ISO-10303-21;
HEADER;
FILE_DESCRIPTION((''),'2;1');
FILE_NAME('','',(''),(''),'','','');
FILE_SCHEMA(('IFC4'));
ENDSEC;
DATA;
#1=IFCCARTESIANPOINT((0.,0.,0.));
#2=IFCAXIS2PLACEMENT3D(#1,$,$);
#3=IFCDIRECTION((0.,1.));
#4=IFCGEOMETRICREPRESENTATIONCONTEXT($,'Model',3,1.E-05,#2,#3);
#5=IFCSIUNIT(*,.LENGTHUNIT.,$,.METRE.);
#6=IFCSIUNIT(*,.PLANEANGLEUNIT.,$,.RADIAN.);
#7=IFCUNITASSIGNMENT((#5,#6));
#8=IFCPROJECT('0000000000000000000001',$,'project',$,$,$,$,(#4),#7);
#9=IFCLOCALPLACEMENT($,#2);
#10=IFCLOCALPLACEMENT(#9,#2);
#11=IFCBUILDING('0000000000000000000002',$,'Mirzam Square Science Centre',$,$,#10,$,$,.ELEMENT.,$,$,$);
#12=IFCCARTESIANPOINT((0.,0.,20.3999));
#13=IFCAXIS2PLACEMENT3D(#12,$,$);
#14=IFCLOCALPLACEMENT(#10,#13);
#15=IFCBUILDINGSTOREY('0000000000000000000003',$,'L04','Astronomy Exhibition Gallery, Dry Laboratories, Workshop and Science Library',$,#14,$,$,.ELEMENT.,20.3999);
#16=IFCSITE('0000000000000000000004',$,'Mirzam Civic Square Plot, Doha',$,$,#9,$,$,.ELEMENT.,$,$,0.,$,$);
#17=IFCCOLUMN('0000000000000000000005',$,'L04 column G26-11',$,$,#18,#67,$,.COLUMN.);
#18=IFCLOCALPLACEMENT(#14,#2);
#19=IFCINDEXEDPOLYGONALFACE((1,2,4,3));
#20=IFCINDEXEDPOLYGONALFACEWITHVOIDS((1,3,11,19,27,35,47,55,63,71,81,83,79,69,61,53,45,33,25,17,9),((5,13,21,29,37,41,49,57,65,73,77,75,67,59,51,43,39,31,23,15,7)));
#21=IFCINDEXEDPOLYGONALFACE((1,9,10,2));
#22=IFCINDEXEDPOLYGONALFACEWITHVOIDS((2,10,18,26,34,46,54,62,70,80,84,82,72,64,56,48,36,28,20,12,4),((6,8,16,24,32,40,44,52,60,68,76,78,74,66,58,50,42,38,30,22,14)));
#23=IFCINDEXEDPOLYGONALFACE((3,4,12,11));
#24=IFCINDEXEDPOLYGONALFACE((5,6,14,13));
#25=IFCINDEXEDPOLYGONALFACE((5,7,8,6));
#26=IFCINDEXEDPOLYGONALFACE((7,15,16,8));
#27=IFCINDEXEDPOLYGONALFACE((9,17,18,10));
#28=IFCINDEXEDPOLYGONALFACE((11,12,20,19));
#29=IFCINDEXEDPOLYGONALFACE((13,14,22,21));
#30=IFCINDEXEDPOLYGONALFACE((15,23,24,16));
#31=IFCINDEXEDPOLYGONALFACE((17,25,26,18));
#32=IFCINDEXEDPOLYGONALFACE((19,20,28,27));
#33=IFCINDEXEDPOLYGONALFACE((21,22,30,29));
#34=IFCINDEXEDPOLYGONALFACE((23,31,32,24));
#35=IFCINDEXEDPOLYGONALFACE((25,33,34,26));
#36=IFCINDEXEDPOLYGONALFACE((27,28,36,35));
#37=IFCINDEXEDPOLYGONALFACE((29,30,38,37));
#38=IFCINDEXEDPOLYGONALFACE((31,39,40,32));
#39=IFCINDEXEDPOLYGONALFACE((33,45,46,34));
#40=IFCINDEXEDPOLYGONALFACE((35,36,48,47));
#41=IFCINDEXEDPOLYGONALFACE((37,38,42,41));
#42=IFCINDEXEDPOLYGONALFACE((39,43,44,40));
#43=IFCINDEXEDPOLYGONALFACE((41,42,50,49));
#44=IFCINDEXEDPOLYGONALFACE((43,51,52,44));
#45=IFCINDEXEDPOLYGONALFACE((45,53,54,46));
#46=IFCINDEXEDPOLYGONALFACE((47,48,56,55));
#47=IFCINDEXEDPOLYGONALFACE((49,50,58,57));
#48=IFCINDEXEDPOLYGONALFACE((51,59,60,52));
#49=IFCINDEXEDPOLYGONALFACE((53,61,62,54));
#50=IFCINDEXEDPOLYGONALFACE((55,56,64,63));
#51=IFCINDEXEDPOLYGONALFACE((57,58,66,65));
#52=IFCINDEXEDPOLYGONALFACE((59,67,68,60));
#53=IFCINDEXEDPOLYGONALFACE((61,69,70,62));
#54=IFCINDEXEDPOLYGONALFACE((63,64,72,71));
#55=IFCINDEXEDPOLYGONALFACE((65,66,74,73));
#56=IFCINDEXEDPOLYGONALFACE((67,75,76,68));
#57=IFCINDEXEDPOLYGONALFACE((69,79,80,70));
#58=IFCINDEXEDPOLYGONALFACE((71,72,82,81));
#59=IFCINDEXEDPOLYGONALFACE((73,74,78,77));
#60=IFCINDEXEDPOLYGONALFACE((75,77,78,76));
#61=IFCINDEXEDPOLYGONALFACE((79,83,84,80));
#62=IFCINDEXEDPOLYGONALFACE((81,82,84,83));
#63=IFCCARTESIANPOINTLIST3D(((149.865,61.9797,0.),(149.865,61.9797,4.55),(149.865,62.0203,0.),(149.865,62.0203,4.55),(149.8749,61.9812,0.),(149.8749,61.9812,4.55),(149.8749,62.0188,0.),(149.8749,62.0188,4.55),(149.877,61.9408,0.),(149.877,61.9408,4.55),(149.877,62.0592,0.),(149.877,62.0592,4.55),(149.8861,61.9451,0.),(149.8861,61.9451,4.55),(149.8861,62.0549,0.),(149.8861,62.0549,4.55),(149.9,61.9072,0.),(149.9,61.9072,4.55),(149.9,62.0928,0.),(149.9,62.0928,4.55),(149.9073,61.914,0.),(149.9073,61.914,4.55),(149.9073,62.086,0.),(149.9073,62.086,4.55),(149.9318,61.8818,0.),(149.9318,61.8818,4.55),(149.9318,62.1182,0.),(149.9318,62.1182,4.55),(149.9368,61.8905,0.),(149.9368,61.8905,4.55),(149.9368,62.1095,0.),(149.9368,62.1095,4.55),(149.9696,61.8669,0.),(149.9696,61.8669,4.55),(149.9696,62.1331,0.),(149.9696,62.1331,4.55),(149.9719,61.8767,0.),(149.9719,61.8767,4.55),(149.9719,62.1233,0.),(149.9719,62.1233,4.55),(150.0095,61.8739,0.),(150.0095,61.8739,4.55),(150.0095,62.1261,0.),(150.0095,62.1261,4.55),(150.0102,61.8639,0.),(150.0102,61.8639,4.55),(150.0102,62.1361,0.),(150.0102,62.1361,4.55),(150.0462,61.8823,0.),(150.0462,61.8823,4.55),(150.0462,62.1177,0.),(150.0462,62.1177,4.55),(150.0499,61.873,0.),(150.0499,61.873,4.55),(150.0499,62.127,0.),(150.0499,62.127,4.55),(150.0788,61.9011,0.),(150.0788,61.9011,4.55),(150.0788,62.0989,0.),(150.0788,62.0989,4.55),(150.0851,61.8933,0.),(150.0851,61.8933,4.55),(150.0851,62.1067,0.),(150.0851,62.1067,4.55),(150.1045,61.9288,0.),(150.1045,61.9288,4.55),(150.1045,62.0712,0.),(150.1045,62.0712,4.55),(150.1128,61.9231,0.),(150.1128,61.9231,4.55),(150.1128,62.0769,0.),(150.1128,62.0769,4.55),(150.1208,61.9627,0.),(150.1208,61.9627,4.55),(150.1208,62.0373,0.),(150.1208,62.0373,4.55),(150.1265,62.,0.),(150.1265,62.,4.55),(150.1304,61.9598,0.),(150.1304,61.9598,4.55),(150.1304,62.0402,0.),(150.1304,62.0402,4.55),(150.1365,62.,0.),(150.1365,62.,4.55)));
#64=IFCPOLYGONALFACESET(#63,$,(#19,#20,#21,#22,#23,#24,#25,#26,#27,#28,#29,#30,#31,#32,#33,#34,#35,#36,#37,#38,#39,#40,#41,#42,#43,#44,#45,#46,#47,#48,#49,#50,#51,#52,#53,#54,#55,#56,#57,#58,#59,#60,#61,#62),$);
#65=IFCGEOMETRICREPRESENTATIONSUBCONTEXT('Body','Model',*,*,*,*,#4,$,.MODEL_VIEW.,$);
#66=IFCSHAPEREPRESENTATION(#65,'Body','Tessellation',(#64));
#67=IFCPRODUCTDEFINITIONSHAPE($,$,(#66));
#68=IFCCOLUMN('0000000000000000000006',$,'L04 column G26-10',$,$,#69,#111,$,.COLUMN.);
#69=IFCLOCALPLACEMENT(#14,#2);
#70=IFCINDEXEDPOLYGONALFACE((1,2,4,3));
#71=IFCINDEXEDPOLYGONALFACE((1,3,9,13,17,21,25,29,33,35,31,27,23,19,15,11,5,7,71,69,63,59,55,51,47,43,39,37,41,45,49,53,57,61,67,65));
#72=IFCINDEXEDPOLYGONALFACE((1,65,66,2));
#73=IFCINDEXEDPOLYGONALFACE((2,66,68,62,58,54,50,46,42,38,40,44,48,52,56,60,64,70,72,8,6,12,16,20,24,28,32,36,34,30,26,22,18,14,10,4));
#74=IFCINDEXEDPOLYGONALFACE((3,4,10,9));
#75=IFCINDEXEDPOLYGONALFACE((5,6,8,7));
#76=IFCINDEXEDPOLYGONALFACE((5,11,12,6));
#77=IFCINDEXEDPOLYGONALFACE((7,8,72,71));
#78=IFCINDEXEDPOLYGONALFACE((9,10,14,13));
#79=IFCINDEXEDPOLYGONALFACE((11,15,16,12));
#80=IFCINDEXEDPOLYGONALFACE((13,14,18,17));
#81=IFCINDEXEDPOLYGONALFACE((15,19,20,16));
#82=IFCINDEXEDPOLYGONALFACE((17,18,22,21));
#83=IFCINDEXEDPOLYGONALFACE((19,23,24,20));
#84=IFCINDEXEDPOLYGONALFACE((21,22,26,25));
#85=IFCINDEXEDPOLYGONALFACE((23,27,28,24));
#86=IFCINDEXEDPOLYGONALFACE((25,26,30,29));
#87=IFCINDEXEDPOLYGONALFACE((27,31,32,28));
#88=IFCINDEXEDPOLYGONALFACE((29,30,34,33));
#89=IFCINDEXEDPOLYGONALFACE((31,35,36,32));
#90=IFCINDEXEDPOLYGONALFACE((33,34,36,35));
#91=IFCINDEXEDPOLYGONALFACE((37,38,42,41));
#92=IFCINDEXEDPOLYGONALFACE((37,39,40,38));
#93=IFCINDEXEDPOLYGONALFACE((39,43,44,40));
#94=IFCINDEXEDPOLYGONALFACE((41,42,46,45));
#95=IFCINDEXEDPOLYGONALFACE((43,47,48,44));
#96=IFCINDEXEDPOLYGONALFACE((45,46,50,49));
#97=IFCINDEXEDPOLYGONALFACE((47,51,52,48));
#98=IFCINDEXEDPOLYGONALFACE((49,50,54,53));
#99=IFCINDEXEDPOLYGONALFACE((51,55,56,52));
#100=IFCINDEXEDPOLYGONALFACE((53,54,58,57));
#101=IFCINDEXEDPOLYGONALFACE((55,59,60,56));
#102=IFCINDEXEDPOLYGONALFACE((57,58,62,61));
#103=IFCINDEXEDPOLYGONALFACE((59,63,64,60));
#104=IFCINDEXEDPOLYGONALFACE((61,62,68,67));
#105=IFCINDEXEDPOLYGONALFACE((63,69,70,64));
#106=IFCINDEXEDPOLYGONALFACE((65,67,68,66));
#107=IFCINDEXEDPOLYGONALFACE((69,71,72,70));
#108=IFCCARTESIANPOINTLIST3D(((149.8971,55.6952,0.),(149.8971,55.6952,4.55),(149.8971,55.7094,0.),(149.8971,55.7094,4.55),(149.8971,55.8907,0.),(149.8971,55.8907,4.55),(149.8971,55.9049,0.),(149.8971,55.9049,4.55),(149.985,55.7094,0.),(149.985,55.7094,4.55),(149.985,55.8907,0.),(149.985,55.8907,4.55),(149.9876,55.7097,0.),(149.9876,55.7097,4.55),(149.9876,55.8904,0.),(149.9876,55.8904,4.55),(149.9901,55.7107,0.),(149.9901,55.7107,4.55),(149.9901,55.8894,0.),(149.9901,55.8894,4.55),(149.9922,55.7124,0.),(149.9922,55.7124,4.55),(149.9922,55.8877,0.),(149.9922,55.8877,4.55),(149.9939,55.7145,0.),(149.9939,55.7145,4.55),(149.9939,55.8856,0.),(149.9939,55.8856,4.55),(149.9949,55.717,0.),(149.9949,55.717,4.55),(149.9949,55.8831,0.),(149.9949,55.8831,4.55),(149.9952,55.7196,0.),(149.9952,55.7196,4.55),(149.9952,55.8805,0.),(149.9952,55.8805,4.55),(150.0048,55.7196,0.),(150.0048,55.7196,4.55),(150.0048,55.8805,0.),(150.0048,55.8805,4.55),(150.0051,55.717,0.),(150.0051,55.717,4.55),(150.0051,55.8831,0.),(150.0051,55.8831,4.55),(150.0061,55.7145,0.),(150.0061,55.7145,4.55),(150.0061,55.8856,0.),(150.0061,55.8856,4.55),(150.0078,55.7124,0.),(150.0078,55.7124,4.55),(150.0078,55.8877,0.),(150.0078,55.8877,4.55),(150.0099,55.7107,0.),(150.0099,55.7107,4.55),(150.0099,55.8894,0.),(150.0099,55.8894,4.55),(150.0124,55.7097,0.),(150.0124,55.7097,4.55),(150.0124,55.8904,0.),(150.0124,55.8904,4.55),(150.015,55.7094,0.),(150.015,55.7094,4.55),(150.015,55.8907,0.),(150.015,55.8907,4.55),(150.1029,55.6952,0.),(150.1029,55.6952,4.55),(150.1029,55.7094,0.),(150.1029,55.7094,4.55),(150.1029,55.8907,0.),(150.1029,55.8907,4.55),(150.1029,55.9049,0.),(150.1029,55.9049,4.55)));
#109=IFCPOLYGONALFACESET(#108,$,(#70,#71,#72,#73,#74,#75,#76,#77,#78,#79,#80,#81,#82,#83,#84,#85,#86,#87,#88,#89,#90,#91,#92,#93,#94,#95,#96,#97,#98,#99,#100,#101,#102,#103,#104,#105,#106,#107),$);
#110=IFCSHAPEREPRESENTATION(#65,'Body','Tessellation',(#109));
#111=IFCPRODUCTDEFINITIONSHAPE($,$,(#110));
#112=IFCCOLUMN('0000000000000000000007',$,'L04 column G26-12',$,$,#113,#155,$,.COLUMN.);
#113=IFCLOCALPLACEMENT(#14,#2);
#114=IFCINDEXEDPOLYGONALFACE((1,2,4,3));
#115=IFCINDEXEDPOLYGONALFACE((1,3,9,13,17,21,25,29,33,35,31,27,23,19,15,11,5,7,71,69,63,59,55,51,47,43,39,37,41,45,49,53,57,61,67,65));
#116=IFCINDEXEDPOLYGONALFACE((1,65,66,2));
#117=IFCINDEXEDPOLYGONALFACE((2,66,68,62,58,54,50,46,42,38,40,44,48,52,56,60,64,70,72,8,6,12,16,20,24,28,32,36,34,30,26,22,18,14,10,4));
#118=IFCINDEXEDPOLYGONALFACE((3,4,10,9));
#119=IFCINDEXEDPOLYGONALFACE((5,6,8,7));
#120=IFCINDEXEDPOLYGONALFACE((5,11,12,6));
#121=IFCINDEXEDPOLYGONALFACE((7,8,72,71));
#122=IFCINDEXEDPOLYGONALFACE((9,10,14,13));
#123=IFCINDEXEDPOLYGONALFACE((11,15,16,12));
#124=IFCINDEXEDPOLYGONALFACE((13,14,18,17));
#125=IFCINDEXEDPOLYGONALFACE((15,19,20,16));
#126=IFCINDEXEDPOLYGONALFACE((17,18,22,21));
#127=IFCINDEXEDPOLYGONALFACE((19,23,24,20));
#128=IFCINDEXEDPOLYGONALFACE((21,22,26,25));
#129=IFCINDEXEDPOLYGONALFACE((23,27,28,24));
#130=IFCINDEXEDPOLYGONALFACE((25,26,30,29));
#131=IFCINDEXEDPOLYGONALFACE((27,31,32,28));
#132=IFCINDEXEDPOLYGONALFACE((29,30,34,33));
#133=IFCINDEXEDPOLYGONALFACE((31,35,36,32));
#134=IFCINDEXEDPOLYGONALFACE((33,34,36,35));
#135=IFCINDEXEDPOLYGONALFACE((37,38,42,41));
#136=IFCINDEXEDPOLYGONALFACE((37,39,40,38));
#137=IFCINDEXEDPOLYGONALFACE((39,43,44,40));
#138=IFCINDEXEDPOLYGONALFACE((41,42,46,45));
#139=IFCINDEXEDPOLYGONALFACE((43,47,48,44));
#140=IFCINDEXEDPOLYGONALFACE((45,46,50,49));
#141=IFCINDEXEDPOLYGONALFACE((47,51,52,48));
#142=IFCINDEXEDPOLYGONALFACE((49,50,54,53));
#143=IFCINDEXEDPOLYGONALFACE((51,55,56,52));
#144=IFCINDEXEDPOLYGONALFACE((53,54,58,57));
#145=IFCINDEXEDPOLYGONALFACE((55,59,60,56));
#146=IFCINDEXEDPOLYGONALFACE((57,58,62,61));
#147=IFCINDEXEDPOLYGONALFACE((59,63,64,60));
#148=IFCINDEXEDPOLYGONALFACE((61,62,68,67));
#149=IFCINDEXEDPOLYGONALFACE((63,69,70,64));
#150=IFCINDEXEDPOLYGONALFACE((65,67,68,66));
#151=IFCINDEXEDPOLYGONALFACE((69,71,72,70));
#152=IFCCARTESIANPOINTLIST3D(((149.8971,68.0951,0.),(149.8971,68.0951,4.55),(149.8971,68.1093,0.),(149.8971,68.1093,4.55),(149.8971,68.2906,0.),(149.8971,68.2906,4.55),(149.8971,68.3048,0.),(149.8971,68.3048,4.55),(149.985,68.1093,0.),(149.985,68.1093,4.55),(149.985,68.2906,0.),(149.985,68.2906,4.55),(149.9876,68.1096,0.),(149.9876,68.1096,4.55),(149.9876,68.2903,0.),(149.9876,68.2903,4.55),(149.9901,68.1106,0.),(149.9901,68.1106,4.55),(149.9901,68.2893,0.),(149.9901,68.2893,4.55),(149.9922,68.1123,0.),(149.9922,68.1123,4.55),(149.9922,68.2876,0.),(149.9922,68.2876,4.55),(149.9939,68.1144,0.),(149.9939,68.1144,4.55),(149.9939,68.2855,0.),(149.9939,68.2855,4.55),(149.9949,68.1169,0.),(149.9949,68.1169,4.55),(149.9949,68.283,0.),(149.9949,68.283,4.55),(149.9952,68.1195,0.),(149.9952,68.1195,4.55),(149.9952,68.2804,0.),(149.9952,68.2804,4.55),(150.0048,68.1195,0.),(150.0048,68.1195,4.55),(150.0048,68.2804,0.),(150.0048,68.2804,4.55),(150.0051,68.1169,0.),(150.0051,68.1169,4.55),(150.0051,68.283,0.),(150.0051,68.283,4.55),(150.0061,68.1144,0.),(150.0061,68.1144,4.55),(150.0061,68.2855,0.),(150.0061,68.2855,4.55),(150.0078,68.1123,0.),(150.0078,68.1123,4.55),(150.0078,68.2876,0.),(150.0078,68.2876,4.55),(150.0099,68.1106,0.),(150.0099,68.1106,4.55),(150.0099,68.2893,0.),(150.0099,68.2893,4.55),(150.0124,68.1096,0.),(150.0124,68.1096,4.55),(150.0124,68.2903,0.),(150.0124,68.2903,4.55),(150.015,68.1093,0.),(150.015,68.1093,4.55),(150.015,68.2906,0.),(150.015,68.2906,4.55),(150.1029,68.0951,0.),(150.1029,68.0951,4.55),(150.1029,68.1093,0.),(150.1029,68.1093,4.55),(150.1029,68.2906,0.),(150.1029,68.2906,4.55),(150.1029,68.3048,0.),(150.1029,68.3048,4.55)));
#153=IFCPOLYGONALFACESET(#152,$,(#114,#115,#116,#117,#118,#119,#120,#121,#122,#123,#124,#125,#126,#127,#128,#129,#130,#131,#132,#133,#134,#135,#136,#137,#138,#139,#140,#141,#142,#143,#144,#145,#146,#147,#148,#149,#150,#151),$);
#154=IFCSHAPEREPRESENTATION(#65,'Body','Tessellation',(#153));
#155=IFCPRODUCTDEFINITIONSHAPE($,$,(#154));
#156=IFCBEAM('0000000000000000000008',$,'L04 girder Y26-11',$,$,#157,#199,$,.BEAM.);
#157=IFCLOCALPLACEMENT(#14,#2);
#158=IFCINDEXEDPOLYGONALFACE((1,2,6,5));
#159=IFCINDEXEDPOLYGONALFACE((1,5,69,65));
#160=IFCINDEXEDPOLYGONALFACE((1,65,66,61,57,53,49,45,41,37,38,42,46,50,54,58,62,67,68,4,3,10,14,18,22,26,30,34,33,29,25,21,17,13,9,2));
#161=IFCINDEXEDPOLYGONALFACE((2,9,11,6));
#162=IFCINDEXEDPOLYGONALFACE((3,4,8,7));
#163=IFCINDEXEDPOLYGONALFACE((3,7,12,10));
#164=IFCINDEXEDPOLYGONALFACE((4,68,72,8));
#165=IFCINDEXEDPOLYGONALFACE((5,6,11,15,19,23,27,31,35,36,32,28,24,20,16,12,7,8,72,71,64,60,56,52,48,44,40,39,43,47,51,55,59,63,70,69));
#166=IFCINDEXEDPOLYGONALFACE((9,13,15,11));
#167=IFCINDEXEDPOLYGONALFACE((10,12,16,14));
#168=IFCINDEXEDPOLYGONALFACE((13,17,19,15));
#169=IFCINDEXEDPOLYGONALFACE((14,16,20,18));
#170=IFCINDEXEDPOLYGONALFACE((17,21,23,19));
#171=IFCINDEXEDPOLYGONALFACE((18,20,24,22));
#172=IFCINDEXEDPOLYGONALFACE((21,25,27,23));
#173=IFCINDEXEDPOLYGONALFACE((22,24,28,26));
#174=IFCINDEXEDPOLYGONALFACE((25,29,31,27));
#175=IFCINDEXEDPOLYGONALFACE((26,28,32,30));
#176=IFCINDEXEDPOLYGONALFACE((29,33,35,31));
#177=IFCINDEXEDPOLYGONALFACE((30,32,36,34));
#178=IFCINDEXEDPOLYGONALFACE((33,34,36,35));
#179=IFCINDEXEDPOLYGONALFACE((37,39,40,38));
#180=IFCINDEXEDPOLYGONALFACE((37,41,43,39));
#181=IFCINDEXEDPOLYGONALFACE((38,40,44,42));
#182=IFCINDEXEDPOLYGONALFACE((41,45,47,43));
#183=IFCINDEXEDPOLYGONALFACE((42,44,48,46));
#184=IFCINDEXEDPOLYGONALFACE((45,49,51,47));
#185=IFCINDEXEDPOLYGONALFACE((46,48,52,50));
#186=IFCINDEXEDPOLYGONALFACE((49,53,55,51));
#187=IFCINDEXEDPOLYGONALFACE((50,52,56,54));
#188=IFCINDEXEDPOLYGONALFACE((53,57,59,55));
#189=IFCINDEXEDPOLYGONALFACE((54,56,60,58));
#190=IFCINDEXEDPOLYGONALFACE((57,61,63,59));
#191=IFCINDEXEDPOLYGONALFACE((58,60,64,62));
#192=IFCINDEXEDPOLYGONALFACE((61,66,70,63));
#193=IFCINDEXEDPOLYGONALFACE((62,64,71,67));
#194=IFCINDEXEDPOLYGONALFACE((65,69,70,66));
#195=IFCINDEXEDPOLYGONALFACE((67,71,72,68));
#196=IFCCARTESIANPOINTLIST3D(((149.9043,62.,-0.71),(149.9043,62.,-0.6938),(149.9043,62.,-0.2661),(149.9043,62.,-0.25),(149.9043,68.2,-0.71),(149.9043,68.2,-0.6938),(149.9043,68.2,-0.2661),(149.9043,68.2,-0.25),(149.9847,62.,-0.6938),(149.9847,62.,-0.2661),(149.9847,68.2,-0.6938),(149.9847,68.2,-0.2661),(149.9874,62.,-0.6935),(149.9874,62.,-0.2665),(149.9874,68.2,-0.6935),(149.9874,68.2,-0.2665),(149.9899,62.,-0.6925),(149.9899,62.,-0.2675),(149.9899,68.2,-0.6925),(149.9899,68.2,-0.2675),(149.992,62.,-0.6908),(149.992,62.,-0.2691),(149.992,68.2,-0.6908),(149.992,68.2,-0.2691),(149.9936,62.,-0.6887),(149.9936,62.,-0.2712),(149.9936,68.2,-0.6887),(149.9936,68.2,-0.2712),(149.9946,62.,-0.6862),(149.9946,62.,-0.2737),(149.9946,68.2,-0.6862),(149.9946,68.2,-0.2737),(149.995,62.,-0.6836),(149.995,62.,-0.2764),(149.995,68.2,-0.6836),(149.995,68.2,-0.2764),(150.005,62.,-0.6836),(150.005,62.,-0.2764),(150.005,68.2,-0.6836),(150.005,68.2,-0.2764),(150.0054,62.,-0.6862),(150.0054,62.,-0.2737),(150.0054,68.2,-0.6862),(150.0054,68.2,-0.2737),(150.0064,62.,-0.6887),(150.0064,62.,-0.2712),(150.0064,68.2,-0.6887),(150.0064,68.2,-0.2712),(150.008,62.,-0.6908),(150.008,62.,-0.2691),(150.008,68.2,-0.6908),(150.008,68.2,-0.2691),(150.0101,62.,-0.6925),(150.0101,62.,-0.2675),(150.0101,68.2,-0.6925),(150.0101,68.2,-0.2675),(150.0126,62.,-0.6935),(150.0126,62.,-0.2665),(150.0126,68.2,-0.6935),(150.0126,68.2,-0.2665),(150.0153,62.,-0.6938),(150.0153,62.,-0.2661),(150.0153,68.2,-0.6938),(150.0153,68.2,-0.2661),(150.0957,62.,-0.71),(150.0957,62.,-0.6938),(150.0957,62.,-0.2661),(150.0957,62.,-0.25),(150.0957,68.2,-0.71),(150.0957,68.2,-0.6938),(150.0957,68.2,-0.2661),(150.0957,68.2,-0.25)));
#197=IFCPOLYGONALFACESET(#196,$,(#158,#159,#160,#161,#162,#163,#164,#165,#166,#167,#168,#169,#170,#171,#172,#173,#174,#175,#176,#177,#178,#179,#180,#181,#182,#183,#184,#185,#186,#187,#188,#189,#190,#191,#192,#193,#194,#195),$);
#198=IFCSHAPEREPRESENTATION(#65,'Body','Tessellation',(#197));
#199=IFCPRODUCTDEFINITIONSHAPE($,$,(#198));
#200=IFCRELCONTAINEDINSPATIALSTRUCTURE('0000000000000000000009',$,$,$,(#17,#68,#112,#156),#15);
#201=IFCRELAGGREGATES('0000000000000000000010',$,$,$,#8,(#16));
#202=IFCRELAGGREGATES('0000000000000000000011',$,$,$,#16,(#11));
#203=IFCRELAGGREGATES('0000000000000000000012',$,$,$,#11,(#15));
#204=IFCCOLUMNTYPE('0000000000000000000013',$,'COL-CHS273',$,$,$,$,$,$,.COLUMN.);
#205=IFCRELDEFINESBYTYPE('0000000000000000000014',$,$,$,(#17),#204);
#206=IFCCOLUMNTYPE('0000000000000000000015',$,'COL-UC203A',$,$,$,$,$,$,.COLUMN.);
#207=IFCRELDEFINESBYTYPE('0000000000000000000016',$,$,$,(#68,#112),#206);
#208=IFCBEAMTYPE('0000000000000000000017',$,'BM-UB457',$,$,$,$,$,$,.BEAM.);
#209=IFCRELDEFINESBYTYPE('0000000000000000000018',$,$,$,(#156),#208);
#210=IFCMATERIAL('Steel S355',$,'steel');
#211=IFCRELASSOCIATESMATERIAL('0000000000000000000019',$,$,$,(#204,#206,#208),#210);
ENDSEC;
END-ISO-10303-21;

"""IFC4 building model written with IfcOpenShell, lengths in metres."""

from ifc_helpers import new_model, si_unit, direction, frame, origin, origin_2d, place, context, subcontext, project, spatial, hollow_circle, i_section, extrude, material, material_profile, profile_set, type_object, element, save


model = new_model("IFC4")

# Units and contexts
model_context = context("Model", 3, precision=1e-05, world=origin(), true_north=direction((0.0, 1.0)))
body_context = subcontext(model_context, "Body", "Model", "MODEL_VIEW")
ifc_project = project(units=[si_unit("LENGTHUNIT", "METRE"), si_unit("PLANEANGLEUNIT", "RADIAN")], contexts=[model_context])

# Site, building, storey
site_placement = place(None, origin())
site = spatial("IfcSite", under=ifc_project, at=site_placement, Name="Mirzam Civic Square Plot, Doha", CompositionType="ELEMENT", RefElevation=0.0)
building_placement = place(site_placement, origin())
building = spatial("IfcBuilding", under=site, at=building_placement, Name="Mirzam Square Science Centre", CompositionType="ELEMENT")
storey_placement = place(building_placement, frame((0.0, 0.0, 20.3999)))
storey = spatial("IfcBuildingStorey", under=building, at=storey_placement, Name="L04", Description="Astronomy Exhibition Gallery, Dry Laboratories, Workshop and Science Library", CompositionType="ELEMENT", Elevation=20.3999)

# Columns
ifc_material_1 = material(Name="Steel S355", Category="steel")
ifc_material_profile_1 = material_profile(ifc_material_1, hollow_circle(Radius=0.1365, WallThickness=0.01, at=origin_2d()), Name="273.0x10.0CHS")
ifc_profile_set_1 = profile_set([ifc_material_profile_1], Name="Steel S355")
column_type_1 = type_object("IfcColumnType", Name="COL-CHS273", PredefinedType="COLUMN", material=ifc_profile_set_1)
column_placement = place(storey_placement, frame((150.0, 62.0, 0.0), z_axis=(0.0, 0.0, 1.0), x_axis=(1.0, 0.0, 0.0)))
element("IfcColumn", 1, at=column_placement, inside=storey, type_object=column_type_1, Name="L04 column G26-11", PredefinedType="COLUMN", context=body_context, shape_type="SweptSolid", body=[
    extrude(hollow_circle(Radius=0.1365, WallThickness=0.01, at=origin_2d()), origin(), (0.0, 0.0, 1.0), 4.55),
])
ifc_material_profile_2 = material_profile(ifc_material_1, i_section(OverallWidth=0.2058, OverallDepth=0.2097, WebThickness=0.0095, FlangeThickness=0.0142, FilletRadius=0.0103, at=origin_2d()), Name="203x203x60UC")
ifc_profile_set_2 = profile_set([ifc_material_profile_2], Name="Steel S355")
column_type_2 = type_object("IfcColumnType", Name="COL-UC203A", PredefinedType="COLUMN", material=ifc_profile_set_2)
for number, where, z_axis, x_axis, name in (
    (2, (150.0, 55.8, 0.0), (0.0, 0.0, 1.0), (1.0, 0.0, 0.0), "L04 column G26-10"),
    (3, (150.0, 68.2, 0.0), (0.0, 0.0, 1.0), (1.0, 0.0, 0.0), "L04 column G26-12"),
):
    element("IfcColumn", number, at=place(storey_placement, frame(where, z_axis=z_axis, x_axis=x_axis)), inside=storey, type_object=column_type_2, Name=name, PredefinedType="COLUMN", context=body_context, shape_type="SweptSolid", body=[
        extrude(i_section(OverallWidth=0.2058, OverallDepth=0.2097, WebThickness=0.0095, FlangeThickness=0.0142, FilletRadius=0.0103, at=origin_2d()), origin(), (0.0, 0.0, 1.0), 4.55),
    ])

# Beam
ifc_material_profile_3 = material_profile(ifc_material_1, i_section(OverallWidth=0.1914, OverallDepth=0.46, WebThickness=0.01, FlangeThickness=0.0161, FilletRadius=0.0103, at=origin_2d()), Name="457x191x82UB")
ifc_profile_set_3 = profile_set([ifc_material_profile_3], Name="Steel S355")
beam_type_1 = type_object("IfcBeamType", Name="BM-UB457", PredefinedType="BEAM", material=ifc_profile_set_3)
beam_1_placement = place(storey_placement, frame((150.0, 62.0, -0.48), z_axis=(0.0, 1.0, 0.0), x_axis=(-1.0, 0.0, 0.0)))
element("IfcBeam", 4, at=beam_1_placement, inside=storey, type_object=beam_type_1, Name="L04 girder Y26-11", PredefinedType="BEAM", context=body_context, shape_type="SweptSolid", body=[
    extrude(i_section(OverallWidth=0.1914, OverallDepth=0.46, WebThickness=0.01, FlangeThickness=0.0161, FilletRadius=0.0103, at=origin_2d()), origin(), (0.0, 0.0, 1.0), 6.2),
])

save(model, "model.ifc")
